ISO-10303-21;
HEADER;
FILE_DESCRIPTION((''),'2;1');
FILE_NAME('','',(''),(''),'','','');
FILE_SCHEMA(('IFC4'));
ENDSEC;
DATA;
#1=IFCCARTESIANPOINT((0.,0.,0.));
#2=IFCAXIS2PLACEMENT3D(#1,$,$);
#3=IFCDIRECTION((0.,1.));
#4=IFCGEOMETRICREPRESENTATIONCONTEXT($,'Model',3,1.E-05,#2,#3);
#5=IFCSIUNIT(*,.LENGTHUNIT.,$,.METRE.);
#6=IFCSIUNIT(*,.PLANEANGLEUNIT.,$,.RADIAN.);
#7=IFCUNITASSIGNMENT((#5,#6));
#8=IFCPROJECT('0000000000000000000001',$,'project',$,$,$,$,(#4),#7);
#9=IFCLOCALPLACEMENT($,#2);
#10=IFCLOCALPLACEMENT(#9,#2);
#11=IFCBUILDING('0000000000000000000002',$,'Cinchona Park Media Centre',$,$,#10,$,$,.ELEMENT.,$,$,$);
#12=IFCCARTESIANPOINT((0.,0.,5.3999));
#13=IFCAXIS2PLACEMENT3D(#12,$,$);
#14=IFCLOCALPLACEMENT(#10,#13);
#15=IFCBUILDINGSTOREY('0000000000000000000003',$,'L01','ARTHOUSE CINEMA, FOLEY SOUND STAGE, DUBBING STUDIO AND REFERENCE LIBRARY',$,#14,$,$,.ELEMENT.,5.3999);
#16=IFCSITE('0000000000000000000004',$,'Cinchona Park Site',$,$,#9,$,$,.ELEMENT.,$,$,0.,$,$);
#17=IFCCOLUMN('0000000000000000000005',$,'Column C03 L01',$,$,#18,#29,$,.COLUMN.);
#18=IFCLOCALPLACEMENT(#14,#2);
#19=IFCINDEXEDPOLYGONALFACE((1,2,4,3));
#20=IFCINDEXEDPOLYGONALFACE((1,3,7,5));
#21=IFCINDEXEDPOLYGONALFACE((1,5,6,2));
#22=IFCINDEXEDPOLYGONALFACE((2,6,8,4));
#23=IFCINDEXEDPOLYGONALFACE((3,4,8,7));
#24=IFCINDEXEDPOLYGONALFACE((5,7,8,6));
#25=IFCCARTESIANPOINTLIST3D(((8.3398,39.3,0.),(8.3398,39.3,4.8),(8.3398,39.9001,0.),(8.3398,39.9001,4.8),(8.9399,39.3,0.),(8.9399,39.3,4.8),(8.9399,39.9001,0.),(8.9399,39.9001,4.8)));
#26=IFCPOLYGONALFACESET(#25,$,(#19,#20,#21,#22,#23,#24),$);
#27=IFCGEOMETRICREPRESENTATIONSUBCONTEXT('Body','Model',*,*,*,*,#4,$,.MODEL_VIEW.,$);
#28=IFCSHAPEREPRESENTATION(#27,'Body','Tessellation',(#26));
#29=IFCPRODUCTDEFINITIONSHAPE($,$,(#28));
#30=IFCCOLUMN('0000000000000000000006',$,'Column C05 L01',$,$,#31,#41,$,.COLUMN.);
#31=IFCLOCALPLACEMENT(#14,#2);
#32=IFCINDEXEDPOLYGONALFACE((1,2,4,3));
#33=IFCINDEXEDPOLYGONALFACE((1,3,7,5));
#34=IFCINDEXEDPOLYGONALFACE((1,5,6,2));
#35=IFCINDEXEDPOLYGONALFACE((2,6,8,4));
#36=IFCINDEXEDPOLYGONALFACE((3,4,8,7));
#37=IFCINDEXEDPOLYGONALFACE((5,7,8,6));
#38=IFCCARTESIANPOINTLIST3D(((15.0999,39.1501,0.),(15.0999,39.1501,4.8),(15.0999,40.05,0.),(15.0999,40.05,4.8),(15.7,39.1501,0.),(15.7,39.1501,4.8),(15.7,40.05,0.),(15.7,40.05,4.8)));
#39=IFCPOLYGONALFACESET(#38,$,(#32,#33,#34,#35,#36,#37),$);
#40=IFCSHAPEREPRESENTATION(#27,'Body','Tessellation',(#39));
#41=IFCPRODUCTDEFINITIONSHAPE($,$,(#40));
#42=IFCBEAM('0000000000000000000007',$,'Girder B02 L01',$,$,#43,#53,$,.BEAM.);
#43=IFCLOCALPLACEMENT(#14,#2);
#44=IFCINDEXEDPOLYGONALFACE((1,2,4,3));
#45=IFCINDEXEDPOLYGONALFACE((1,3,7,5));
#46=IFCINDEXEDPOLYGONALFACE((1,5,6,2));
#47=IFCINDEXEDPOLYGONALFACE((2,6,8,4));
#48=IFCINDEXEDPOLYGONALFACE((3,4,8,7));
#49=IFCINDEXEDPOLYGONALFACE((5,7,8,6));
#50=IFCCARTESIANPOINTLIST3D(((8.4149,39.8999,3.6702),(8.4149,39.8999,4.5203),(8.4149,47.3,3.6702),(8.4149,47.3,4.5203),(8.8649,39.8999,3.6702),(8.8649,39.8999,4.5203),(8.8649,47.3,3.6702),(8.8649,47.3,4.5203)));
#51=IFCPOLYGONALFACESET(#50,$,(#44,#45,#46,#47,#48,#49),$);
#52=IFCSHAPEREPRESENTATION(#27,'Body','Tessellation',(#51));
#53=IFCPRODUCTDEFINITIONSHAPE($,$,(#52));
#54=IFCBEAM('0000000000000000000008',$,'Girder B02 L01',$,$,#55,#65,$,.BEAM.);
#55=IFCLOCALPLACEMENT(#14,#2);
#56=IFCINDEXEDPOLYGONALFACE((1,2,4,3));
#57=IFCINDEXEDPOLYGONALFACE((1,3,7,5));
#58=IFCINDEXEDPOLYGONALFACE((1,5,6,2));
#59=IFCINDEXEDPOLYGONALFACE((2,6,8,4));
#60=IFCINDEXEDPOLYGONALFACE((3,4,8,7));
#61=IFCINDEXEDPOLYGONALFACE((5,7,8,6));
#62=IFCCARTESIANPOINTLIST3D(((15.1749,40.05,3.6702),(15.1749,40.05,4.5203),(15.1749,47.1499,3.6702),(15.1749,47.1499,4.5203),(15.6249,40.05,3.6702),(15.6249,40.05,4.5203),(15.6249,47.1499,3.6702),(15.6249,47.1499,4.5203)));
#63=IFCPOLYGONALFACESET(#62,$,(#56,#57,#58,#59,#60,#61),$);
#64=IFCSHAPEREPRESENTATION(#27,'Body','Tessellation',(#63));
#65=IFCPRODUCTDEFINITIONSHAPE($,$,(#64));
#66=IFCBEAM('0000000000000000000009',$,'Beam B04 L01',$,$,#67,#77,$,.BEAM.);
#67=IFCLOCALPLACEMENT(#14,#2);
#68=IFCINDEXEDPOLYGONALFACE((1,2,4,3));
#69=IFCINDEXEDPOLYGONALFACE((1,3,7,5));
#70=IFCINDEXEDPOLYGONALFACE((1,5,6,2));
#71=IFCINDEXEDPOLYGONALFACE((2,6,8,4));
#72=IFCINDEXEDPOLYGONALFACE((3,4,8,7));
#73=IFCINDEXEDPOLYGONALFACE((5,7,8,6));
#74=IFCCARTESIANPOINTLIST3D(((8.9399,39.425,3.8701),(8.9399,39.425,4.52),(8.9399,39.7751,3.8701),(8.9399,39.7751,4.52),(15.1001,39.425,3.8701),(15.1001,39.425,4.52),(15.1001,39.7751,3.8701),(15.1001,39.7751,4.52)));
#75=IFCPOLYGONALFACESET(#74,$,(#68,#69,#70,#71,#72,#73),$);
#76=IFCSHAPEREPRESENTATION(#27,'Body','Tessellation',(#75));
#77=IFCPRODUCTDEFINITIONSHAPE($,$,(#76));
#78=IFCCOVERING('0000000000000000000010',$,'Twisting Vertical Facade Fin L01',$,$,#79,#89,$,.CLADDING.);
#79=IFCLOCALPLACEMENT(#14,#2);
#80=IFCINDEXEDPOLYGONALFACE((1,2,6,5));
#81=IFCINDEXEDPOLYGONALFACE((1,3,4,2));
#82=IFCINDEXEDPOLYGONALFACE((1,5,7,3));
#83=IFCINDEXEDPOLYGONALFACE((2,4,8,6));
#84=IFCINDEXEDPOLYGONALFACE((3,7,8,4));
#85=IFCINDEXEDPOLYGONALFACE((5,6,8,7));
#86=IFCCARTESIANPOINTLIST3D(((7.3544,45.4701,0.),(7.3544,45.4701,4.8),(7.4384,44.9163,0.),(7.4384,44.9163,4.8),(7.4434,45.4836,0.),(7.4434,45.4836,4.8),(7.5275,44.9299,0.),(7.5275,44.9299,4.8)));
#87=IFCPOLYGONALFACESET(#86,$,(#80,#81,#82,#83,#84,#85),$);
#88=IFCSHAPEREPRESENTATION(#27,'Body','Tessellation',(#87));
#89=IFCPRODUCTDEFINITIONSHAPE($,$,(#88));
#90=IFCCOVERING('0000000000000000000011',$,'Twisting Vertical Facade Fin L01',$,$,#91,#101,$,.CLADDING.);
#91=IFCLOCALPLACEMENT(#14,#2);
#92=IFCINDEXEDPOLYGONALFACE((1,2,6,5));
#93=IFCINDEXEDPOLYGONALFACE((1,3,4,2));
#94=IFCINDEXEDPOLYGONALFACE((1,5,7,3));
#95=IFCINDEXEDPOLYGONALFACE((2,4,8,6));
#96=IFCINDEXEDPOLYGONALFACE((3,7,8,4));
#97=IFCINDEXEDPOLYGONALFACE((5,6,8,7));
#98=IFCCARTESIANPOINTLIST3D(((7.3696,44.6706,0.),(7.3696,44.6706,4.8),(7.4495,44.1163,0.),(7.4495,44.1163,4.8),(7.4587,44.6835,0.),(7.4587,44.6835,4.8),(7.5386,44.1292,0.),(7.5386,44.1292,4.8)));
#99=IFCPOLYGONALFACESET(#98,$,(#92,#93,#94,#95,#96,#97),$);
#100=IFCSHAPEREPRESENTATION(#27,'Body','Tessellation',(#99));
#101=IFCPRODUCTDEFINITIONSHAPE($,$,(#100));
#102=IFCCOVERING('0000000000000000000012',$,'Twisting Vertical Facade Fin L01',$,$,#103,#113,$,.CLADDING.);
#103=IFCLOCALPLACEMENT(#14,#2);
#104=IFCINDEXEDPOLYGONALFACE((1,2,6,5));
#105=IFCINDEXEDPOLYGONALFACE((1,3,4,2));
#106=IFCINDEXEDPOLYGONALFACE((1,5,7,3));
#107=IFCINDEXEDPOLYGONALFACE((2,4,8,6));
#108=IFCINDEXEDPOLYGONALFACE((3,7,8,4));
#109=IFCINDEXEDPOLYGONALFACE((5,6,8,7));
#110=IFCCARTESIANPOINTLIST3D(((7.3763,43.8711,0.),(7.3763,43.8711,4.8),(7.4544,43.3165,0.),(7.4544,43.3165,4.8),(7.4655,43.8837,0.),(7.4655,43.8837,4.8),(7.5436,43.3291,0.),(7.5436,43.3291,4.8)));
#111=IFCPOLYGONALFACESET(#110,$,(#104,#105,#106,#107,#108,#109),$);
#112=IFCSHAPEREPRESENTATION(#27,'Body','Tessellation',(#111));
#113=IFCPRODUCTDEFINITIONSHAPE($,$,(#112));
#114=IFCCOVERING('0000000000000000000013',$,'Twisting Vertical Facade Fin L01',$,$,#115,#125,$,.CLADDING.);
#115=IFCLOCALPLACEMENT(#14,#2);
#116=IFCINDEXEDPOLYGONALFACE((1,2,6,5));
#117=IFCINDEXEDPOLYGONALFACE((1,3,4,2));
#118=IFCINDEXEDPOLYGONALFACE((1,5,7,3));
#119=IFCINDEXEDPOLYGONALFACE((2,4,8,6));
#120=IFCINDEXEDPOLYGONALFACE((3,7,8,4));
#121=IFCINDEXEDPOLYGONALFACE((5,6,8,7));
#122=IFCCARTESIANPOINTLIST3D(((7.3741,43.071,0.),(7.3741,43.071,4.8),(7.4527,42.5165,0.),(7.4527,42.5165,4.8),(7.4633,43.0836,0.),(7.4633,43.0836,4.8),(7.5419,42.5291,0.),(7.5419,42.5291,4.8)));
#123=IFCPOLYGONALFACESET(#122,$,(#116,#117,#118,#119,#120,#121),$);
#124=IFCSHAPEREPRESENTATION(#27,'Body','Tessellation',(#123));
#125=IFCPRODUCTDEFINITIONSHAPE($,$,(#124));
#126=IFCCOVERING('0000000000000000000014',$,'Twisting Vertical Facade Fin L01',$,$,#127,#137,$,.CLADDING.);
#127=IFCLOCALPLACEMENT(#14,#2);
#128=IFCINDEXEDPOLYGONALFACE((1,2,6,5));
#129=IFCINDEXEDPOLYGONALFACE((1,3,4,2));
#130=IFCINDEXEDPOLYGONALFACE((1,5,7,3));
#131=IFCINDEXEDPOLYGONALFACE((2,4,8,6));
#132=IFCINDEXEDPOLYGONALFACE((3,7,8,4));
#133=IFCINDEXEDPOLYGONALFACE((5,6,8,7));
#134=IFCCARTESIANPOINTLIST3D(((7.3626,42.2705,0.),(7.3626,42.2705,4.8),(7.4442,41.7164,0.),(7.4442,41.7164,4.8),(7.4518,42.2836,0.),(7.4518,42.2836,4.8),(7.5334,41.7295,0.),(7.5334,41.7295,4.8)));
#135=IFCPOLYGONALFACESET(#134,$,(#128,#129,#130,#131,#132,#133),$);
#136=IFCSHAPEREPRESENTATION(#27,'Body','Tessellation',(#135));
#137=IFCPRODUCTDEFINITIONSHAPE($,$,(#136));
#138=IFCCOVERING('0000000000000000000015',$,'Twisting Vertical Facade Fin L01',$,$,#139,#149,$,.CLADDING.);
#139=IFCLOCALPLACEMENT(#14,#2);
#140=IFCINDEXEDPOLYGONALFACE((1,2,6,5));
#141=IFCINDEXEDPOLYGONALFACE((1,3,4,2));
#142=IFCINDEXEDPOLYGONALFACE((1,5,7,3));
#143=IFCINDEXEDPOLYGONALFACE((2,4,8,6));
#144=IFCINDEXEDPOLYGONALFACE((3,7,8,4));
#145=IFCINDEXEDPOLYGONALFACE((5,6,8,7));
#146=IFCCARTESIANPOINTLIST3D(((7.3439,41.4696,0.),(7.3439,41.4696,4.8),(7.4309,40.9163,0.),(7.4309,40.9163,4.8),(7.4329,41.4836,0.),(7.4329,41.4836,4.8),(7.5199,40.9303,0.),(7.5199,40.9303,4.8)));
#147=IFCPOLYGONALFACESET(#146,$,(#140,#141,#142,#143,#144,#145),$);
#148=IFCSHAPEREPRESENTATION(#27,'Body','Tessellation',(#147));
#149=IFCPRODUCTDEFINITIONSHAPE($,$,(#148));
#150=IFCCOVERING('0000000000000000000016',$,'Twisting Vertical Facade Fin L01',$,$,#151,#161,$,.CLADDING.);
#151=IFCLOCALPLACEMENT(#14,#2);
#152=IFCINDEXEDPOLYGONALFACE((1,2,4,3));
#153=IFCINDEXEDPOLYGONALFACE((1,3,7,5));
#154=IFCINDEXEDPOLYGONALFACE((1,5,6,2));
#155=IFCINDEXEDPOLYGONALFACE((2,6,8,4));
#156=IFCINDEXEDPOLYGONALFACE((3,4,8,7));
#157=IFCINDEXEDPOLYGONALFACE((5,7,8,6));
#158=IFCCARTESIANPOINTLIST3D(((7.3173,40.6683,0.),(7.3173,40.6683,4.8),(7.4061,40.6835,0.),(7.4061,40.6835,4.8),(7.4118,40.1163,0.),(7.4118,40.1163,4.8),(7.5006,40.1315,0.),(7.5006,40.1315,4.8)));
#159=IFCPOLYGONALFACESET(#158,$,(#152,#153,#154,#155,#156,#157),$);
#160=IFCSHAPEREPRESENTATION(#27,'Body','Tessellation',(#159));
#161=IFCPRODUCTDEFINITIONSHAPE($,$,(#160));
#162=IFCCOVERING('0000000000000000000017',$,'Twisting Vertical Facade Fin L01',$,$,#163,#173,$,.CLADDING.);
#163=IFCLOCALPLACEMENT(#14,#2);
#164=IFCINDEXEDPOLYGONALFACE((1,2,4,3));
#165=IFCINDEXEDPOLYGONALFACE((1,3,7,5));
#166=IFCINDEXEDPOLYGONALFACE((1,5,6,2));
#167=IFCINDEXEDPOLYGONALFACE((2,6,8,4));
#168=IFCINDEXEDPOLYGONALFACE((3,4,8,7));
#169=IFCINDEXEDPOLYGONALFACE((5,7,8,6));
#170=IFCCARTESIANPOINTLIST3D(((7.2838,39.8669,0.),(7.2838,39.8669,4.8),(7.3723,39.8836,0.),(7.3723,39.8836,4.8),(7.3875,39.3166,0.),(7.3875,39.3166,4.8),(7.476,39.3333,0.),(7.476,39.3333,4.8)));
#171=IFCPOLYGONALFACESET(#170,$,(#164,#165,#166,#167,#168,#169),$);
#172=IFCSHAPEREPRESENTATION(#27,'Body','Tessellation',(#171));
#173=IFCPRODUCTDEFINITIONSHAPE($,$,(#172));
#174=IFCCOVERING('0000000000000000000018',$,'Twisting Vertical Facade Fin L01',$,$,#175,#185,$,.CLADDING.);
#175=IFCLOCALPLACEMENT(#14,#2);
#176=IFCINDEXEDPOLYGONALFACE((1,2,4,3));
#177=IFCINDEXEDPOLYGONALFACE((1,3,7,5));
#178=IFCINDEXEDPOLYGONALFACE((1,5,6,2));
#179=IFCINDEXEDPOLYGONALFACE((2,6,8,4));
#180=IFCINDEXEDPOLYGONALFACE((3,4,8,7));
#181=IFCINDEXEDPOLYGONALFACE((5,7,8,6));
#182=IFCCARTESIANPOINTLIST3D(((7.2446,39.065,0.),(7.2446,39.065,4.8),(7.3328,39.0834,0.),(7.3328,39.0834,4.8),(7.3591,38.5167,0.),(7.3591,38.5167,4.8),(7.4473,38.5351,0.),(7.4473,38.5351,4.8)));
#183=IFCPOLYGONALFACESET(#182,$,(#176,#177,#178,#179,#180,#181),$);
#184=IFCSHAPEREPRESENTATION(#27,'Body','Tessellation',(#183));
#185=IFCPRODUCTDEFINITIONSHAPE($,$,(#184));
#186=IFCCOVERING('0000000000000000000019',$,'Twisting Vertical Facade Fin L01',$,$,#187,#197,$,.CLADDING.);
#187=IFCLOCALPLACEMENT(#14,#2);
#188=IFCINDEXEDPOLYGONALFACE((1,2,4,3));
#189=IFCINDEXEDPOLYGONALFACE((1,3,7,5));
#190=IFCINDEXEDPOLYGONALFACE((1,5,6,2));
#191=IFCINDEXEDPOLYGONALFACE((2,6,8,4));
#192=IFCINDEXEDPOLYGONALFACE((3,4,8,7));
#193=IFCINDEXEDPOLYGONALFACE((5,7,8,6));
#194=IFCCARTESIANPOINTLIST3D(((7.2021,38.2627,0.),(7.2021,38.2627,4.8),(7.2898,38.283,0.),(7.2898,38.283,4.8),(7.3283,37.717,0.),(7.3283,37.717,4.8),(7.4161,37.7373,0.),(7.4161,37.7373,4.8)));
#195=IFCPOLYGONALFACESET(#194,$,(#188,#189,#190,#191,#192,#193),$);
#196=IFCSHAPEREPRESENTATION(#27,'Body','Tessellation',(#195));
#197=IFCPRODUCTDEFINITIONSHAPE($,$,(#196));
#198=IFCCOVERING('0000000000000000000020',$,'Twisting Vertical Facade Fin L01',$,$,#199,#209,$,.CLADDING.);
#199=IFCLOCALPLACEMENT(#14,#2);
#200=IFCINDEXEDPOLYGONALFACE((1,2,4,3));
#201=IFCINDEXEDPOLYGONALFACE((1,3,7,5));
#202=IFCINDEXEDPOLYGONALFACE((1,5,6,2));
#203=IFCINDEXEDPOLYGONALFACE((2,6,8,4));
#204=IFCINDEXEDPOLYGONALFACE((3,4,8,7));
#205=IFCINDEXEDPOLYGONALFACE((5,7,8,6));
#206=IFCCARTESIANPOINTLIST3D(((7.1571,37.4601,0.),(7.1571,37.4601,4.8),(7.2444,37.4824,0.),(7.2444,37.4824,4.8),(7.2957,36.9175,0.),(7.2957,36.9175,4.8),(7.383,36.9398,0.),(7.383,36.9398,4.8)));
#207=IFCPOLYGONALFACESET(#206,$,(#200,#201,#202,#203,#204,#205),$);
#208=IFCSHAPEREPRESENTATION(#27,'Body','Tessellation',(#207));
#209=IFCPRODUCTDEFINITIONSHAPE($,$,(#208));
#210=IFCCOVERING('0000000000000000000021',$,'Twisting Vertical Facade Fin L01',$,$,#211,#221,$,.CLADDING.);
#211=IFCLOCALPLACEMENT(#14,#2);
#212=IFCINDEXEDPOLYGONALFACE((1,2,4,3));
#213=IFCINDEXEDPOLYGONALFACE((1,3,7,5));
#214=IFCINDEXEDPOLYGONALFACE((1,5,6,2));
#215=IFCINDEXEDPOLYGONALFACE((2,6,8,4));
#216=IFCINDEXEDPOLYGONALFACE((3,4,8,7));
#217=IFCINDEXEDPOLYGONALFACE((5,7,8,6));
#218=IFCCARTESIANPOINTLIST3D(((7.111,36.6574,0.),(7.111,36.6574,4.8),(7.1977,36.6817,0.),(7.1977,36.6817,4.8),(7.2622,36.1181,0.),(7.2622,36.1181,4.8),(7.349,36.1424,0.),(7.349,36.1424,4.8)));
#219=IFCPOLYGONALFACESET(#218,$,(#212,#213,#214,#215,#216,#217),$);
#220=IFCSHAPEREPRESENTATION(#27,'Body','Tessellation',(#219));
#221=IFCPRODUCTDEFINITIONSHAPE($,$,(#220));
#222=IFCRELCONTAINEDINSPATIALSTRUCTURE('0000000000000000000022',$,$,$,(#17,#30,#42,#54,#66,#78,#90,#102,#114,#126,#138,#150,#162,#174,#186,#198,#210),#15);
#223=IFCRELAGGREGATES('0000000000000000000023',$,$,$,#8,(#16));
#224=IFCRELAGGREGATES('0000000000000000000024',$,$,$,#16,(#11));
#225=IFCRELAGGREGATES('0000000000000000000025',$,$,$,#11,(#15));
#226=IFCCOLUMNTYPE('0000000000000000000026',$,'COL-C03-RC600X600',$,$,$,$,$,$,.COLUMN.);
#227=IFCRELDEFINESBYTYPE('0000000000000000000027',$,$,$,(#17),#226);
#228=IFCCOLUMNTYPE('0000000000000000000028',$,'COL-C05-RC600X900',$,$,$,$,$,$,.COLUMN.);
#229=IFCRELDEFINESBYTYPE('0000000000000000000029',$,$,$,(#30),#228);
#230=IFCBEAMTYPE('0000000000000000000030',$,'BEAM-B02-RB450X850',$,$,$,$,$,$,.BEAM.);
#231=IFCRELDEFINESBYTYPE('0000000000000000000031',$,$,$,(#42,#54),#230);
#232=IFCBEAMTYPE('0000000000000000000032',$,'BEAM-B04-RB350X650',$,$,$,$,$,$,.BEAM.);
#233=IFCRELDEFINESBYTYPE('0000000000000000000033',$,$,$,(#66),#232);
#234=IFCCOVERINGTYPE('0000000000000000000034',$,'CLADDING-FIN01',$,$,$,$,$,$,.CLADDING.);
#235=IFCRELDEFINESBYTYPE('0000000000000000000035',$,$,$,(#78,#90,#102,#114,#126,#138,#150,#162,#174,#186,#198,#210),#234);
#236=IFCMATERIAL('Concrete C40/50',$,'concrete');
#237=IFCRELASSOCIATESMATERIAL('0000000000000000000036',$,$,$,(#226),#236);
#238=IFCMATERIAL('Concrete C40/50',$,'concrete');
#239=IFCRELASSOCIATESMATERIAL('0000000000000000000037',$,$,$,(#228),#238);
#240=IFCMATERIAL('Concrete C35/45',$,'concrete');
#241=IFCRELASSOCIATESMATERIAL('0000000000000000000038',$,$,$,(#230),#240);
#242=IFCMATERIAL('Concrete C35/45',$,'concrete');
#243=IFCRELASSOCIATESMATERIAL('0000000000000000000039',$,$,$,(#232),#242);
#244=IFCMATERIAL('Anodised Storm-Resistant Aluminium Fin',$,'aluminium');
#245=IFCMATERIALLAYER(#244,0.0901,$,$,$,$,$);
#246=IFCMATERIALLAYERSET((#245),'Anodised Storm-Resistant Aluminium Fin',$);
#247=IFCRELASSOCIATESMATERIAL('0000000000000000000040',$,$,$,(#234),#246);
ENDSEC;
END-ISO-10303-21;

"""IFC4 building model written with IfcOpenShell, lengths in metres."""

from ifc_helpers import new_model, si_unit, direction, frame, origin, origin_2d, place, context, subcontext, project, spatial, rectangle, extrude, material, layer, layer_set, material_profile, profile_set, type_object, element, save


model = new_model("IFC4")

# Units and contexts
model_context = context("Model", 3, precision=1e-05, world=origin(), true_north=direction((0.0, 1.0)))
body_context = subcontext(model_context, "Body", "Model", "MODEL_VIEW")
ifc_project = project(units=[si_unit("LENGTHUNIT", "METRE"), si_unit("PLANEANGLEUNIT", "RADIAN")], contexts=[model_context])

# Site, building, storey
site_placement = place(None, origin())
site = spatial("IfcSite", under=ifc_project, at=site_placement, Name="Cinchona Park Site", CompositionType="ELEMENT", RefElevation=0.0)
building_placement = place(site_placement, origin())
building = spatial("IfcBuilding", under=site, at=building_placement, Name="Cinchona Park Media Centre", CompositionType="ELEMENT")
storey_placement = place(building_placement, frame((0.0, 0.0, 5.3999)))
storey = spatial("IfcBuildingStorey", under=building, at=storey_placement, Name="L01", Description="ARTHOUSE CINEMA, FOLEY SOUND STAGE, DUBBING STUDIO AND REFERENCE LIBRARY", CompositionType="ELEMENT", Elevation=5.3999)

# Columns
ifc_material_1 = material(Name="Concrete C40/50", Category="concrete")
ifc_material_profile_1 = material_profile(ifc_material_1, rectangle(XDim=0.6001, YDim=0.6001, at=origin_2d()), Name="RC 600X600")
ifc_profile_set_1 = profile_set([ifc_material_profile_1], Name="Concrete C40/50")
column_type_1 = type_object("IfcColumnType", Name="COL-C03-RC600X600", PredefinedType="COLUMN", material=ifc_profile_set_1)
column_1_placement = place(storey_placement, frame((8.6399, 39.6001, 0.0), z_axis=(0.0, 0.0, 1.0), x_axis=(1.0, 0.0, 0.0)))
element("IfcColumn", 1, at=column_1_placement, inside=storey, type_object=column_type_1, Name="Column C03 L01", PredefinedType="COLUMN", context=body_context, shape_type="SweptSolid", body=[
    extrude(rectangle(XDim=0.6001, YDim=0.6001, at=origin_2d()), origin(), (0.0, 0.0, 1.0), 4.8),
])
ifc_material_2 = material(Name="Concrete C40/50", Category="concrete")
ifc_material_profile_2 = material_profile(ifc_material_2, rectangle(XDim=0.6001, YDim=0.8999, at=origin_2d()), Name="RC 600X900")
ifc_profile_set_2 = profile_set([ifc_material_profile_2], Name="Concrete C40/50")
column_type_2 = type_object("IfcColumnType", Name="COL-C05-RC600X900", PredefinedType="COLUMN", material=ifc_profile_set_2)
column_2_placement = place(storey_placement, frame((15.3999, 39.6001, 0.0), z_axis=(0.0, 0.0, 1.0), x_axis=(1.0, 0.0, 0.0)))
element("IfcColumn", 2, at=column_2_placement, inside=storey, type_object=column_type_2, Name="Column C05 L01", PredefinedType="COLUMN", context=body_context, shape_type="SweptSolid", body=[
    extrude(rectangle(XDim=0.6001, YDim=0.8999, at=origin_2d()), origin(), (0.0, 0.0, 1.0), 4.8),
])

# Beams
ifc_material_3 = material(Name="Concrete C35/45", Category="concrete")
ifc_material_profile_3 = material_profile(ifc_material_3, rectangle(XDim=0.45, YDim=0.8501, at=origin_2d()), Name="RB 450X850")
ifc_profile_set_3 = profile_set([ifc_material_profile_3], Name="Concrete C35/45")
beam_type_1 = type_object("IfcBeamType", Name="BEAM-B02-RB450X850", PredefinedType="BEAM", material=ifc_profile_set_3)
beam_1_placement = place(storey_placement, frame((8.6399, 39.8999, 4.0952), z_axis=(0.0, 1.0, 0.0), x_axis=(-1.0, 0.0, 0.0)))
element("IfcBeam", 3, at=beam_1_placement, inside=storey, type_object=beam_type_1, Name="Girder B02 L01", PredefinedType="BEAM", context=body_context, shape_type="SweptSolid", body=[
    extrude(rectangle(XDim=0.45, YDim=0.8501, at=origin_2d()), origin(), (0.0, 0.0, 1.0), 7.4001),
])
beam_2_placement = place(storey_placement, frame((15.3999, 40.05, 4.0952), z_axis=(0.0, 1.0, 0.0), x_axis=(-1.0, 0.0, 0.0)))
element("IfcBeam", 4, at=beam_2_placement, inside=storey, type_object=beam_type_1, Name="Girder B02 L01", PredefinedType="BEAM", context=body_context, shape_type="SweptSolid", body=[
    extrude(rectangle(XDim=0.45, YDim=0.8501, at=origin_2d()), origin(), (0.0, 0.0, 1.0), 7.0999),
])
ifc_material_4 = material(Name="Concrete C35/45", Category="concrete")
ifc_material_profile_4 = material_profile(ifc_material_4, rectangle(XDim=0.3501, YDim=0.6499, at=origin_2d()), Name="RB 350X650")
ifc_profile_set_4 = profile_set([ifc_material_profile_4], Name="Concrete C35/45")
beam_type_2 = type_object("IfcBeamType", Name="BEAM-B04-RB350X650", PredefinedType="BEAM", material=ifc_profile_set_4)
beam_3_placement = place(storey_placement, frame((8.9399, 39.6001, 4.1951), z_axis=(1.0, 0.0, 0.0), x_axis=(0.0, 1.0, 0.0)))
element("IfcBeam", 5, at=beam_3_placement, inside=storey, type_object=beam_type_2, Name="Beam B04 L01", PredefinedType="BEAM", context=body_context, shape_type="SweptSolid", body=[
    extrude(rectangle(XDim=0.3501, YDim=0.6499, at=origin_2d()), origin(), (0.0, 0.0, 1.0), 6.1602),
])

# Coverings
ifc_material_5 = material(Name="Anodised Storm-Resistant Aluminium Fin", Category="aluminium")
ifc_layer = layer(ifc_material_5, 0.0901)
ifc_layer_set = layer_set([ifc_layer], Name="Anodised Storm-Resistant Aluminium Fin")
covering_type = type_object("IfcCoveringType", Name="CLADDING-FIN01", PredefinedType="CLADDING", material=ifc_layer_set)
for number, where, z_axis, x_axis, name in (
    (6, (7.4409, 45.2, 0.0), (0.0, 0.0, 1.0), (0.150053, -0.988678, 0.0), "Twisting Vertical Facade Fin L01"),
    (7, (7.4541, 44.3999, 0.0), (0.0, 0.0, 1.0), (0.142629, -0.989776, 0.0), "Twisting Vertical Facade Fin L01"),
    (8, (7.46, 43.6001, 0.0), (0.0, 0.0, 1.0), (0.139346, -0.990244, 0.0), "Twisting Vertical Facade Fin L01"),
    (9, (7.458, 42.8, 0.0), (0.0, 0.0, 1.0), (0.140383, -0.990097, 0.0), "Twisting Vertical Facade Fin L01"),
    (10, (7.448, 42.0, 0.0), (0.0, 0.0, 1.0), (0.145738, -0.989323, 0.0), "Twisting Vertical Facade Fin L01"),
    (11, (7.4319, 41.2, 0.0), (0.0, 0.0, 1.0), (0.1554, -0.987852, 0.0), "Twisting Vertical Facade Fin L01"),
    (12, (7.4089, 40.3999, 0.0), (0.0, 0.0, 1.0), (0.168661, -0.985674, 0.0), "Twisting Vertical Facade Fin L01"),
    (13, (7.3799, 39.6001, 0.0), (0.0, 0.0, 1.0), (0.185152, -0.98271, 0.0), "Twisting Vertical Facade Fin L01"),
    (14, (7.3459, 38.8, 0.0), (0.0, 0.0, 1.0), (0.204325, -0.978903, 0.0), "Twisting Vertical Facade Fin L01"),
    (15, (7.3091, 38.0, 0.0), (0.0, 0.0, 1.0), (0.225461, -0.974252, 0.0), "Twisting Vertical Facade Fin L01"),
    (16, (7.27, 37.2, 0.0), (0.0, 0.0, 1.0), (0.247506, -0.968886, 0.0), "Twisting Vertical Facade Fin L01"),
    (17, (7.23, 36.3999, 0.0), (0.0, 0.0, 1.0), (0.270096, -0.962833, 0.0), "Twisting Vertical Facade Fin L01"),
):
    element("IfcCovering", number, at=place(storey_placement, frame(where, z_axis=z_axis, x_axis=x_axis)), inside=storey, type_object=covering_type, Name=name, PredefinedType="CLADDING", context=body_context, shape_type="SweptSolid", body=[
        extrude(rectangle(XDim=0.5601, YDim=0.0901, at=origin_2d()), origin(), (0.0, 0.0, 1.0), 4.8),
    ])

save(model, "model.ifc")
